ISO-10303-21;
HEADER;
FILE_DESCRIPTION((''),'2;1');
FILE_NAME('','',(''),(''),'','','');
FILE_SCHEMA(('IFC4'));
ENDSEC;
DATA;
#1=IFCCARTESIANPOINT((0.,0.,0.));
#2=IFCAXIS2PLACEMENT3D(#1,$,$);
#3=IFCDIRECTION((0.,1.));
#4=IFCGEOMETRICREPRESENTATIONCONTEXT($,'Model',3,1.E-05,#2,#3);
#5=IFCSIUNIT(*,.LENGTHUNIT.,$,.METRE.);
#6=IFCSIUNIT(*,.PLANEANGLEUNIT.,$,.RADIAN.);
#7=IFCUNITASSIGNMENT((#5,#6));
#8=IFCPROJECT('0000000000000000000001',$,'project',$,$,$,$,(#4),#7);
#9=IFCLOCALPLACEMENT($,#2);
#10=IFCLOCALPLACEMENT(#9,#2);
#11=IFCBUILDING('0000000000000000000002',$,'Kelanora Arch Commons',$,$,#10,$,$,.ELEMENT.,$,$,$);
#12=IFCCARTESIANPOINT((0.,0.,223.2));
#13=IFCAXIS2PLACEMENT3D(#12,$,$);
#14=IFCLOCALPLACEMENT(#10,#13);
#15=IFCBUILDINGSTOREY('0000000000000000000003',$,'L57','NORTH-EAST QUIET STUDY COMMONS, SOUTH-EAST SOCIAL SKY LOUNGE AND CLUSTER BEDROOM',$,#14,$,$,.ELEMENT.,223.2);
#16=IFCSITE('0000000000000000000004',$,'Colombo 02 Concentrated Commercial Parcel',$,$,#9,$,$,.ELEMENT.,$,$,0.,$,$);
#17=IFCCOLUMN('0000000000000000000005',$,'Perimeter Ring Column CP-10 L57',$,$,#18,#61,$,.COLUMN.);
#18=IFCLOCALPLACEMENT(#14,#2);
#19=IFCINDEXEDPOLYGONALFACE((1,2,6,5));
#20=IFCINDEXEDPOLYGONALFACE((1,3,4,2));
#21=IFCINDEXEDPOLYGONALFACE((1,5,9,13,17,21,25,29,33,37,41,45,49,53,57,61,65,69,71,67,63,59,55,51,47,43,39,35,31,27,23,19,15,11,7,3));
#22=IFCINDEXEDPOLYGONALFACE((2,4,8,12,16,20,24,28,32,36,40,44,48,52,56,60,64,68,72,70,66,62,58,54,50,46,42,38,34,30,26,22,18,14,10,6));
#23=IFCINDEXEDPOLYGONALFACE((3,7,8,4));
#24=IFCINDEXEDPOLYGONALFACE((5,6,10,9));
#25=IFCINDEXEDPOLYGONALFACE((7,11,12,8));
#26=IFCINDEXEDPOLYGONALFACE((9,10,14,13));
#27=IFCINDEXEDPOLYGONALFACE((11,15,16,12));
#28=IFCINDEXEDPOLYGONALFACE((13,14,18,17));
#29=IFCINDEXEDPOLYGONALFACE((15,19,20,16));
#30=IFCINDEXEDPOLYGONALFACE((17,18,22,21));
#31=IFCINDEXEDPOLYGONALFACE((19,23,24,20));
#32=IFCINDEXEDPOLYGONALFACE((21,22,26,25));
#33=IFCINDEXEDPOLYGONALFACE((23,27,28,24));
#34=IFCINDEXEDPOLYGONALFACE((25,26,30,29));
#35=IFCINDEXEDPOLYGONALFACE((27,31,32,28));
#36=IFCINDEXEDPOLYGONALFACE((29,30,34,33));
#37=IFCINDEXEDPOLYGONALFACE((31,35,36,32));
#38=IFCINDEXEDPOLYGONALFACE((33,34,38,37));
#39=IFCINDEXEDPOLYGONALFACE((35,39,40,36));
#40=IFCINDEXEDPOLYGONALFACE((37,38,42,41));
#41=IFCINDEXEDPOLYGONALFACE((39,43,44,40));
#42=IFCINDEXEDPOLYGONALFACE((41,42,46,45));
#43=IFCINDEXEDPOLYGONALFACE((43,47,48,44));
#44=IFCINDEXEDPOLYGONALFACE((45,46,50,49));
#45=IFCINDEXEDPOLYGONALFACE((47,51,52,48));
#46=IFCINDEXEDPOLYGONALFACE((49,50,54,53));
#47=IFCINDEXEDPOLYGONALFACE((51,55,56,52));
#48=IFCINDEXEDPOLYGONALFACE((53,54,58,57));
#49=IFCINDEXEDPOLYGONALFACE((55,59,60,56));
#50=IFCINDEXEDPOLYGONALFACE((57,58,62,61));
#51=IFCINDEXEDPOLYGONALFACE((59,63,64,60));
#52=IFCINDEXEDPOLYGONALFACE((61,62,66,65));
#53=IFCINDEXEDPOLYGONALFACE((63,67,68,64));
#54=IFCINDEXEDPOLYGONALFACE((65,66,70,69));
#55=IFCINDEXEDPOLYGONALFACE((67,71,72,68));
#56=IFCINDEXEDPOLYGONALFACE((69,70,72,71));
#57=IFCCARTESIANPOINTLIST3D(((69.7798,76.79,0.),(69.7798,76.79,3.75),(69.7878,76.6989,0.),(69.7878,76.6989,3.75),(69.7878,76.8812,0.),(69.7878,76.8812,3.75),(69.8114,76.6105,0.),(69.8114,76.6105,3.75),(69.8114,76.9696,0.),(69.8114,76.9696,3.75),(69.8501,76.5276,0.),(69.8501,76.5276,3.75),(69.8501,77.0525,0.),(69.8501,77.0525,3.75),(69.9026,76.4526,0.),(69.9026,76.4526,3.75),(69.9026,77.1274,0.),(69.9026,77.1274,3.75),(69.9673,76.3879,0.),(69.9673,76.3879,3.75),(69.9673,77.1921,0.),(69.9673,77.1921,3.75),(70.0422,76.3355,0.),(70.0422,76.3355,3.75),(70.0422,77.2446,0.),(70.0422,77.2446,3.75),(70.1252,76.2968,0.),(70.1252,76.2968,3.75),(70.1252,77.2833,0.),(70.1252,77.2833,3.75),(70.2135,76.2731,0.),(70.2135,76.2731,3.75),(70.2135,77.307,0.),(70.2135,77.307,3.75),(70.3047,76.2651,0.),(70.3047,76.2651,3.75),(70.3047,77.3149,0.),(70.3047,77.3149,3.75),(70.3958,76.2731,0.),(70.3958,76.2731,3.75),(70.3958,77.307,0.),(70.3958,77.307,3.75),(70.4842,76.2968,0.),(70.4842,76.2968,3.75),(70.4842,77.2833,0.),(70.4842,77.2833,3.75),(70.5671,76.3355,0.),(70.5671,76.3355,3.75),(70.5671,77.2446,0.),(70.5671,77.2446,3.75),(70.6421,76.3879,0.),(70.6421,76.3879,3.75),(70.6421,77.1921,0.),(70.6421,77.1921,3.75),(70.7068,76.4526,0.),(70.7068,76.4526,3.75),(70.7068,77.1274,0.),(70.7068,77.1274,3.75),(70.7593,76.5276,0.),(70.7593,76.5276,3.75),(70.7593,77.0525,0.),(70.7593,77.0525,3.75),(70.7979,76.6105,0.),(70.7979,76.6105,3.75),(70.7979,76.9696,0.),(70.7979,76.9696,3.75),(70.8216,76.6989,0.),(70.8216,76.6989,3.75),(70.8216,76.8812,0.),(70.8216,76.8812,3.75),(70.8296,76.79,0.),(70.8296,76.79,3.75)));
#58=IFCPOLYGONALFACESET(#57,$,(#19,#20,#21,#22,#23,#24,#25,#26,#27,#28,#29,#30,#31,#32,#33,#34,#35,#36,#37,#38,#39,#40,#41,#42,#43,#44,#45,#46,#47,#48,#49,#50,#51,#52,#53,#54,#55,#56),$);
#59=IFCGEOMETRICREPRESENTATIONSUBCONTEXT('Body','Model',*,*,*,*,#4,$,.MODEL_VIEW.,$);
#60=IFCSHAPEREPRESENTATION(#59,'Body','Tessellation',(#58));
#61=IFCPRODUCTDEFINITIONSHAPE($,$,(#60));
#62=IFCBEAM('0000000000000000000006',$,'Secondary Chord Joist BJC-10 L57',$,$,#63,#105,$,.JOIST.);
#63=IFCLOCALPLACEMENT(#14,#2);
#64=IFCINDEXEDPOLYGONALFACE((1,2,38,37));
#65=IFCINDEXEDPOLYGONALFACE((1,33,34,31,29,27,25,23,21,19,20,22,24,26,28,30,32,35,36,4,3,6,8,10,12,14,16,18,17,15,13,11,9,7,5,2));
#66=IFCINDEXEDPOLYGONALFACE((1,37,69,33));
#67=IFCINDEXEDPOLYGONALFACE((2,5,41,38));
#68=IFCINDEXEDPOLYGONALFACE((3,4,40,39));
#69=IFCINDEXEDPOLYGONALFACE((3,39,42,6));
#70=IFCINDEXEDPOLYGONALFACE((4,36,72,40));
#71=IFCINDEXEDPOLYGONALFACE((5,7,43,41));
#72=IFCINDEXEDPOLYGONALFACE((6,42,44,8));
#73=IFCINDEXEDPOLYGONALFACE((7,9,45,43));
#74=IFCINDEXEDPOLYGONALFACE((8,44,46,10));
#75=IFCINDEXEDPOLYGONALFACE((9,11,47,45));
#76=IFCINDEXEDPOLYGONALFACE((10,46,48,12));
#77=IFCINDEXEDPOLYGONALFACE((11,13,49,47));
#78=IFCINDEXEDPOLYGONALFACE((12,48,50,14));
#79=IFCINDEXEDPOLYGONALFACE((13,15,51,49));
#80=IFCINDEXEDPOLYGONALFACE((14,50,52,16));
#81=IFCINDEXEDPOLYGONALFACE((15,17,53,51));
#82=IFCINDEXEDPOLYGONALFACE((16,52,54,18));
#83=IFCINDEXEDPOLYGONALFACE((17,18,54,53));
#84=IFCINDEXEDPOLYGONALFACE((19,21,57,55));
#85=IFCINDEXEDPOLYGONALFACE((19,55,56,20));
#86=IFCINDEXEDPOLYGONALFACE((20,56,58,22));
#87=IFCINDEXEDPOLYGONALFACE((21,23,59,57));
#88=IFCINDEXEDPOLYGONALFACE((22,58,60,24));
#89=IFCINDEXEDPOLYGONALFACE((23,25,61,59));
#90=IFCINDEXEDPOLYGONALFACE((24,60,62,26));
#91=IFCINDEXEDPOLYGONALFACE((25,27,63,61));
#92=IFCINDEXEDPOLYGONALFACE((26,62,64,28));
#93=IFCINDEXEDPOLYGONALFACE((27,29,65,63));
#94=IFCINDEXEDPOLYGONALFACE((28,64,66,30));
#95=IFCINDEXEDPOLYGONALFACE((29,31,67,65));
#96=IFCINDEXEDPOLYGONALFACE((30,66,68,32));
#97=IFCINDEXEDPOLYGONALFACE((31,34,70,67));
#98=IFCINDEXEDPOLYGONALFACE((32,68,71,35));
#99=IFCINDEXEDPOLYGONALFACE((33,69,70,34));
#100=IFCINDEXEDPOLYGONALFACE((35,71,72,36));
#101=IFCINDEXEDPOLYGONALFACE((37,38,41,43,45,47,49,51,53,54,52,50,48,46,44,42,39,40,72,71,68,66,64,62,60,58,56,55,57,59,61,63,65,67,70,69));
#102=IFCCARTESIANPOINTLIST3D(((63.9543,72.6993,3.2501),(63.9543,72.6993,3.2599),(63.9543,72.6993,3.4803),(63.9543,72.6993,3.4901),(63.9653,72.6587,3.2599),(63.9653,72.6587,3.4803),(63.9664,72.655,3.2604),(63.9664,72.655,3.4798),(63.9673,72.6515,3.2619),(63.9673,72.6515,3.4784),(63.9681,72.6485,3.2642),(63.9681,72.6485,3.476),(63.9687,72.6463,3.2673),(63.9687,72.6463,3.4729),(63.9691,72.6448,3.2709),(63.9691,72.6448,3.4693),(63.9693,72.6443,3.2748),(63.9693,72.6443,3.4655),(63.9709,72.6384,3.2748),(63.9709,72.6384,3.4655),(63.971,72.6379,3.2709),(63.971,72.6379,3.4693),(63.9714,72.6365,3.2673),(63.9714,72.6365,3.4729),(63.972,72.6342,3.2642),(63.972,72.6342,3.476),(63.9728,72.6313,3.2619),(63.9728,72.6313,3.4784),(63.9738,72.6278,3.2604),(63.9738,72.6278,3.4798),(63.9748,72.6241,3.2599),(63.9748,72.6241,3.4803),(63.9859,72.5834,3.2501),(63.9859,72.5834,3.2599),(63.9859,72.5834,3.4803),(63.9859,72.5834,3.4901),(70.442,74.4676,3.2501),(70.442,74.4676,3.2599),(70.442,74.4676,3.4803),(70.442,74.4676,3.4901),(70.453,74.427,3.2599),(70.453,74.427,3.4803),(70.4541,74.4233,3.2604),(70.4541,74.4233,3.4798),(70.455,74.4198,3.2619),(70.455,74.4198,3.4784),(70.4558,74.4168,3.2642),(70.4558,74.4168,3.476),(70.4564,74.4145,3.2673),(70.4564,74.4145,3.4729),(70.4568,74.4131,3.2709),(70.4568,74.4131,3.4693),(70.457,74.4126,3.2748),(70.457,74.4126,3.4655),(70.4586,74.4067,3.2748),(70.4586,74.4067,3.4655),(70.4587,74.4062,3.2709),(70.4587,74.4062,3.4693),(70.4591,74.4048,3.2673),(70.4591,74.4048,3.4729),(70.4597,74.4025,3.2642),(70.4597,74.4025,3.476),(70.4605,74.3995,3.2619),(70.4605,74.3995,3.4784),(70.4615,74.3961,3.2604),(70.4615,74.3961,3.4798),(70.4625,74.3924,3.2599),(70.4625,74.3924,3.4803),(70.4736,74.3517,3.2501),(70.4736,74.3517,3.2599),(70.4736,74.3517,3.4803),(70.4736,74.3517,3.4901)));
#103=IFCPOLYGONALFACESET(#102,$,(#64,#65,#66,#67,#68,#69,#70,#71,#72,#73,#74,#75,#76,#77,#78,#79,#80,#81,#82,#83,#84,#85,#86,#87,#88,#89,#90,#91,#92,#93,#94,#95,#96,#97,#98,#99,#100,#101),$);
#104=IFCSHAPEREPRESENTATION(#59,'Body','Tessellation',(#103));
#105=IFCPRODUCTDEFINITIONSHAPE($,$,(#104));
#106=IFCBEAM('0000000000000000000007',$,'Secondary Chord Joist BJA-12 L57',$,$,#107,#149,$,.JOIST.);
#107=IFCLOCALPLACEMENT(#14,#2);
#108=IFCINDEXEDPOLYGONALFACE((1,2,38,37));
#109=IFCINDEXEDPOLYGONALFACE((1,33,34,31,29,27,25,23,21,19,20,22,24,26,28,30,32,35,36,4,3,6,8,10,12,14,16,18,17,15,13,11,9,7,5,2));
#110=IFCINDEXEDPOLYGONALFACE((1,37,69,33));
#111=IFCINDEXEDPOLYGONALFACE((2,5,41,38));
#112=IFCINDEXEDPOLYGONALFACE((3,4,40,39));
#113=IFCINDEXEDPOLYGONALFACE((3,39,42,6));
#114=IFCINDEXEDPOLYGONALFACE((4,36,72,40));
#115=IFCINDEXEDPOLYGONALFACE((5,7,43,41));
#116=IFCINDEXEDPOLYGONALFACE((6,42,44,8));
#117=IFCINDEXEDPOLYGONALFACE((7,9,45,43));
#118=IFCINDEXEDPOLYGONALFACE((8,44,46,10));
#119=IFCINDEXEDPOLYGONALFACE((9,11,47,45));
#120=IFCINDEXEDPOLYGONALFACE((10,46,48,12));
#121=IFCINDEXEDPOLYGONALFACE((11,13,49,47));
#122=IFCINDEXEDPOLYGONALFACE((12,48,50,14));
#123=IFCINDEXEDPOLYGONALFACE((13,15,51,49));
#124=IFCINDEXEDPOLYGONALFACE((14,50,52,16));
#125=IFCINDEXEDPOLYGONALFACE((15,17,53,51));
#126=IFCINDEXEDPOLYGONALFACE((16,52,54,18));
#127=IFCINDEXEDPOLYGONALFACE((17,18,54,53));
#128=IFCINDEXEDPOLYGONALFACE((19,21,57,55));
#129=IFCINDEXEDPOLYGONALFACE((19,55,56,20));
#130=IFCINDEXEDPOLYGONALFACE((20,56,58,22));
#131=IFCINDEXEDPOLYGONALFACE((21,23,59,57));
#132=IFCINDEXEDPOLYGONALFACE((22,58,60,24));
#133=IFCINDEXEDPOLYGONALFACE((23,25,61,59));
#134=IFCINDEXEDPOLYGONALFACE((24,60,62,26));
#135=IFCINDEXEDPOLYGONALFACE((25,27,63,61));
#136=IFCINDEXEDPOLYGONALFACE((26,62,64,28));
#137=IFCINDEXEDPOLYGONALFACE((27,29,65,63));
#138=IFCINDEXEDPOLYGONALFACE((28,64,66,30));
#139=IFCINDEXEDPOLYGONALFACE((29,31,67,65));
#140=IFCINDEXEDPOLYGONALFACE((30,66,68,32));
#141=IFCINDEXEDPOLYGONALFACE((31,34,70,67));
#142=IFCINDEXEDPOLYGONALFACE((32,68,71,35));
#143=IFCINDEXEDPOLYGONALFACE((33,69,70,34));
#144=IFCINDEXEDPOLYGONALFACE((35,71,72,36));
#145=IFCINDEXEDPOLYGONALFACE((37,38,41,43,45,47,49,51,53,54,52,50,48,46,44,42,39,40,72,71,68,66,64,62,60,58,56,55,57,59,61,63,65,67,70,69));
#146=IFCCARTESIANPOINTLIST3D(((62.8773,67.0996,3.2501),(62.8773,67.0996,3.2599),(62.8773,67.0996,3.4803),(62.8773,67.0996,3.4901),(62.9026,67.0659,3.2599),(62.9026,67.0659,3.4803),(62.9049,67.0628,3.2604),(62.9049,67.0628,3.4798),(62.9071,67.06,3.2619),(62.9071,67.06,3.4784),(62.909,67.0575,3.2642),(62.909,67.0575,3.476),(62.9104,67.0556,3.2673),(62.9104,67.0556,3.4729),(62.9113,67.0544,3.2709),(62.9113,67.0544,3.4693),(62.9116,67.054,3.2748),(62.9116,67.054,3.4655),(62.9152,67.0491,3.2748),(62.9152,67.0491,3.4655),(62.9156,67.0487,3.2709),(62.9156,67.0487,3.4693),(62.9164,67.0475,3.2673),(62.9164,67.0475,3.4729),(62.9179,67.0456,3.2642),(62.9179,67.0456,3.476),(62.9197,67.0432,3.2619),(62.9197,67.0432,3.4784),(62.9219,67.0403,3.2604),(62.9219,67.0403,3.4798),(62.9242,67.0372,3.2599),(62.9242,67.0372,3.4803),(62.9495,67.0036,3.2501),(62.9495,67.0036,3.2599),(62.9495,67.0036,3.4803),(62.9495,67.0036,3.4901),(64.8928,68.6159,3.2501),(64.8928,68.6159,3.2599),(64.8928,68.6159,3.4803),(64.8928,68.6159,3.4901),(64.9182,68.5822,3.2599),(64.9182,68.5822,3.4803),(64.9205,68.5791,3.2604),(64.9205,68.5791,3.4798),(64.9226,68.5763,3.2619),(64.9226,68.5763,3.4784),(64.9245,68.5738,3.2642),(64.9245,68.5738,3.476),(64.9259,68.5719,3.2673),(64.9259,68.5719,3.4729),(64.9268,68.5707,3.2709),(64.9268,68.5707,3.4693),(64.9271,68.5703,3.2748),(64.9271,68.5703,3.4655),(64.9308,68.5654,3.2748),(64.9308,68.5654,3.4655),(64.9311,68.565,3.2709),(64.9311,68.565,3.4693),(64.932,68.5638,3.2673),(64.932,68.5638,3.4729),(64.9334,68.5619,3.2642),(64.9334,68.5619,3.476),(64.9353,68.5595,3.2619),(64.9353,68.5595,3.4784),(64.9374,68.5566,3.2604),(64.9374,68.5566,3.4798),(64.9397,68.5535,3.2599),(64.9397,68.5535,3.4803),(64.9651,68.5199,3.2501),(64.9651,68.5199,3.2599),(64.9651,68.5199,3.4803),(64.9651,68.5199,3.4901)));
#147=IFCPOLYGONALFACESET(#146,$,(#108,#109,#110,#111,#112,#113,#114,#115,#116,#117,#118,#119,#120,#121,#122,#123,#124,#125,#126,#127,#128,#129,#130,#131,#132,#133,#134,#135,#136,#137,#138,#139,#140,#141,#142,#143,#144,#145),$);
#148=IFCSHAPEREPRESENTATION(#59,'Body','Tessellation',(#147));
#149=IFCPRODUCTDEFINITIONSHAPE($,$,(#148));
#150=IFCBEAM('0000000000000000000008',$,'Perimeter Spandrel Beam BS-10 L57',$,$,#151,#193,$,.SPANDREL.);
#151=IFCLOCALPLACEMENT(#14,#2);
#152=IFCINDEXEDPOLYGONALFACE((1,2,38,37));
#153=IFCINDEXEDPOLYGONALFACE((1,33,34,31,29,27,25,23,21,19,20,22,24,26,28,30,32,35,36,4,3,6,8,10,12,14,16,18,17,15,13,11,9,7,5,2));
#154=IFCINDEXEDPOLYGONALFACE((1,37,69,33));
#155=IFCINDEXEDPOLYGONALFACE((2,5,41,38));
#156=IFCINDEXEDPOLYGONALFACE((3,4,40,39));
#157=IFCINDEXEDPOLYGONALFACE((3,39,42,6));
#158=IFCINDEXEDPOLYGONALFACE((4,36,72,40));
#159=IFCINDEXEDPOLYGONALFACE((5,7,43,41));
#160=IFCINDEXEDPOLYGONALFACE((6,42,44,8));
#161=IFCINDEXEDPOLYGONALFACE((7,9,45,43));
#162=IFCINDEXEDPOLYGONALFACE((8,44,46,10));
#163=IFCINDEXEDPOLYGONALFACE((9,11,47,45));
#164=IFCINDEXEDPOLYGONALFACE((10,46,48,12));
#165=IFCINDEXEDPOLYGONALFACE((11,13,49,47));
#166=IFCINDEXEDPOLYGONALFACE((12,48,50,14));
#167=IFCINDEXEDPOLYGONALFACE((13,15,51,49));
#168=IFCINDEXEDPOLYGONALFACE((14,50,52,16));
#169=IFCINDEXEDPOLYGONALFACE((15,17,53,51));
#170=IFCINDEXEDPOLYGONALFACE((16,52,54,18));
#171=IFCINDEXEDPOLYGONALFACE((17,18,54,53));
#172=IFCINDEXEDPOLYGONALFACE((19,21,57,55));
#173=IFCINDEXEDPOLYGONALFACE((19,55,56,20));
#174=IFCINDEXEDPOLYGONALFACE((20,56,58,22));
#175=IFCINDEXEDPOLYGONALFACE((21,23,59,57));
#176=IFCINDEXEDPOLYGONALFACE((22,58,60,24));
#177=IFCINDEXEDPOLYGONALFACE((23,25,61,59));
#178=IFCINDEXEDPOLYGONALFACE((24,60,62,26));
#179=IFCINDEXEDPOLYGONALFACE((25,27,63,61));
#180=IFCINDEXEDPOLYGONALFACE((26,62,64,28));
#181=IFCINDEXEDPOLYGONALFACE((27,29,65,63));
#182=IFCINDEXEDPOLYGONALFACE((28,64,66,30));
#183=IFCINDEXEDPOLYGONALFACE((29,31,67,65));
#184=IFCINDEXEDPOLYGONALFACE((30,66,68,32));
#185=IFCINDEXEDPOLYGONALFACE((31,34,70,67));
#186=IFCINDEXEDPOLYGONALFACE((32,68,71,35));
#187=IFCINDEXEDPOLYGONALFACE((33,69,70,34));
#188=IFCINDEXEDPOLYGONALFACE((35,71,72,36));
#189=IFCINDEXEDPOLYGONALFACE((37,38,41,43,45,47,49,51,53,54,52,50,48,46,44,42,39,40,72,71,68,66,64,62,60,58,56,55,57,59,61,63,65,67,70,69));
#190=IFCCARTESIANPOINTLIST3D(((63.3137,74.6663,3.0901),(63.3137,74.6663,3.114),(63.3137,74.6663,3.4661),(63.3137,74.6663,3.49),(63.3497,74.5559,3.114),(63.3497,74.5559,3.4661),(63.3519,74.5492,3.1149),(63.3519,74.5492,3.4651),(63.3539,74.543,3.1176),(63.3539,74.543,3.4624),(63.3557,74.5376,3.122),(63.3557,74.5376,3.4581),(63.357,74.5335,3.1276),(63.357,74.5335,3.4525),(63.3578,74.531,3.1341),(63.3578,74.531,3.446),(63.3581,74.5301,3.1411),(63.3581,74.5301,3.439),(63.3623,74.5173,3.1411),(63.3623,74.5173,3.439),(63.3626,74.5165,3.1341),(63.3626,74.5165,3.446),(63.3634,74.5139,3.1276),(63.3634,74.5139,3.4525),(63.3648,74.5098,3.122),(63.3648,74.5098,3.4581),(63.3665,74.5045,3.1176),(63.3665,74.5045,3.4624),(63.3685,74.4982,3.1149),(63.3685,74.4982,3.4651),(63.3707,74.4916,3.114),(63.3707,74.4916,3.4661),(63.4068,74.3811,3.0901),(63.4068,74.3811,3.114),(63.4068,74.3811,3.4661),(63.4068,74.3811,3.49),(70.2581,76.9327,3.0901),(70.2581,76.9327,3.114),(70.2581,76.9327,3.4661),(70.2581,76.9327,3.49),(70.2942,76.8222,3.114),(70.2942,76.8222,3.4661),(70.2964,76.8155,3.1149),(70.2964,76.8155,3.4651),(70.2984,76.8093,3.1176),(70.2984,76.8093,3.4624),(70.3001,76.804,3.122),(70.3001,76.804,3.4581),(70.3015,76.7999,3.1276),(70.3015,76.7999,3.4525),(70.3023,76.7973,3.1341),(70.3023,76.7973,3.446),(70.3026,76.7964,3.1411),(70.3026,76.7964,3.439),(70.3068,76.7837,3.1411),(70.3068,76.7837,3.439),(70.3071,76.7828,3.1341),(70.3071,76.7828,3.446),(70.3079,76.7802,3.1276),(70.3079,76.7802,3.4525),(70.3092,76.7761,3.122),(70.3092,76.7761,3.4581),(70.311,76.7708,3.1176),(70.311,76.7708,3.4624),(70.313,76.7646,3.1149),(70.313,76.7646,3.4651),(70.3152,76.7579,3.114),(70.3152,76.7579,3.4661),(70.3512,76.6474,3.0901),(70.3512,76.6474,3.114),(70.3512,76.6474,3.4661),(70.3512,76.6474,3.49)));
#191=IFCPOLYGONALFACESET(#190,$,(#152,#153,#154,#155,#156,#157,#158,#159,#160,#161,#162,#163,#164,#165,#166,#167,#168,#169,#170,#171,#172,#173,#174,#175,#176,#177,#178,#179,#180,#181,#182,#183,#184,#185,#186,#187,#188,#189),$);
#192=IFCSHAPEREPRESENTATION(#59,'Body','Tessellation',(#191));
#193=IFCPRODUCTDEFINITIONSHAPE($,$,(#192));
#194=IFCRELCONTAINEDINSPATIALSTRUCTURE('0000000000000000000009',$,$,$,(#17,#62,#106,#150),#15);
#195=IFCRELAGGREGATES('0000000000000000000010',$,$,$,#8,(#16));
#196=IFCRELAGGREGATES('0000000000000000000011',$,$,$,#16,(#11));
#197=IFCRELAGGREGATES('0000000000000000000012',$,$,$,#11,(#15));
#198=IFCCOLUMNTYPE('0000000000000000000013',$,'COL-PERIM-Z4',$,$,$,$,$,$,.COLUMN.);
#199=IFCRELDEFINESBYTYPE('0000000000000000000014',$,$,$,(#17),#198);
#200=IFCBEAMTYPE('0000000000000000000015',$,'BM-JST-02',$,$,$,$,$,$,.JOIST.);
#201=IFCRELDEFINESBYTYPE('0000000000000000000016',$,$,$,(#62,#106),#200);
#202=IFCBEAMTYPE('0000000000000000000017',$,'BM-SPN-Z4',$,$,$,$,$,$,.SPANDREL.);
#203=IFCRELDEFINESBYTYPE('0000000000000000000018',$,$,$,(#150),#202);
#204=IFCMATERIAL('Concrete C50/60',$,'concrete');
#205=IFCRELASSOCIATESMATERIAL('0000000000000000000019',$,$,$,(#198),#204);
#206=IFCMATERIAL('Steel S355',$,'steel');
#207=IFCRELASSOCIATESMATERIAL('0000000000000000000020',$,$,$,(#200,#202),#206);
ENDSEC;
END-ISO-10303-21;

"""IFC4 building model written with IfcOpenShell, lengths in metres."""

from ifc_helpers import new_model, si_unit, direction, frame, origin, origin_2d, place, context, subcontext, project, spatial, circle, i_section, extrude, material, material_profile, profile_set, type_object, element, save


model = new_model("IFC4")

# Units and contexts
model_context = context("Model", 3, precision=1e-05, world=origin(), true_north=direction((0.0, 1.0)))
body_context = subcontext(model_context, "Body", "Model", "MODEL_VIEW")
ifc_project = project(units=[si_unit("LENGTHUNIT", "METRE"), si_unit("PLANEANGLEUNIT", "RADIAN")], contexts=[model_context])

# Site, building, storey
site_placement = place(None, origin())
site = spatial("IfcSite", under=ifc_project, at=site_placement, Name="Colombo 02 Concentrated Commercial Parcel", CompositionType="ELEMENT", RefElevation=0.0)
building_placement = place(site_placement, origin())
building = spatial("IfcBuilding", under=site, at=building_placement, Name="Kelanora Arch Commons", CompositionType="ELEMENT")
storey_placement = place(building_placement, frame((0.0, 0.0, 223.2)))
storey = spatial("IfcBuildingStorey", under=building, at=storey_placement, Name="L57", Description="NORTH-EAST QUIET STUDY COMMONS, SOUTH-EAST SOCIAL SKY LOUNGE AND CLUSTER BEDROOM", CompositionType="ELEMENT", Elevation=223.2)

# Column
ifc_material_1 = material(Name="Concrete C50/60", Category="concrete")
ifc_material_profile_1 = material_profile(ifc_material_1, circle(Radius=0.5249, at=origin_2d()), Name="RCC1050")
ifc_profile_set_1 = profile_set([ifc_material_profile_1], Name="Concrete C50/60")
column_type = type_object("IfcColumnType", Name="COL-PERIM-Z4", PredefinedType="COLUMN", material=ifc_profile_set_1)
column_placement = place(storey_placement, frame((70.3047, 76.79, 0.0), z_axis=(0.0, 0.0, 1.0), x_axis=(1.0, 0.0, 0.0)))
element("IfcColumn", 1, at=column_placement, inside=storey, type_object=column_type, Name="Perimeter Ring Column CP-10 L57", PredefinedType="COLUMN", context=body_context, shape_type="SweptSolid", body=[
    extrude(circle(Radius=0.5249, at=origin_2d()), origin(), (0.0, 0.0, 1.0), 3.75),
])

# Beams
ifc_material_2 = material(Name="Steel S355", Category="steel")
ifc_material_profile_2 = material_profile(ifc_material_2, i_section(OverallWidth=0.1201, OverallDepth=0.24, WebThickness=0.0061, FlangeThickness=0.0098, FilletRadius=0.0149, at=origin_2d()), Name="IPE240")
ifc_profile_set_2 = profile_set([ifc_material_profile_2], Name="Steel S355")
beam_type_1 = type_object("IfcBeamType", Name="BM-JST-02", PredefinedType="JOIST", material=ifc_profile_set_2)
beam_1_placement = place(storey_placement, frame((70.4578, 74.4097, 3.3701), z_axis=(-0.964805, -0.262967, 0.0), x_axis=(0.262967, -0.964805, 0.0)))
element("IfcBeam", 2, at=beam_1_placement, inside=storey, type_object=beam_type_1, Name="Secondary Chord Joist BJC-10 L57", PredefinedType="JOIST", context=body_context, shape_type="SweptSolid", body=[
    extrude(i_section(OverallWidth=0.1201, OverallDepth=0.24, WebThickness=0.0061, FlangeThickness=0.0098, FilletRadius=0.0149, at=origin_2d()), origin(), (0.0, 0.0, 1.0), 6.7244),
])
beam_2_placement = place(storey_placement, frame((64.929, 68.5679, 3.3701), z_axis=(-0.799116, -0.601176, 0.0), x_axis=(0.601176, -0.799116, 0.0)))
element("IfcBeam", 3, at=beam_2_placement, inside=storey, type_object=beam_type_1, Name="Secondary Chord Joist BJA-12 L57", PredefinedType="JOIST", context=body_context, shape_type="SweptSolid", body=[
    extrude(i_section(OverallWidth=0.1201, OverallDepth=0.24, WebThickness=0.0061, FlangeThickness=0.0098, FilletRadius=0.0149, at=origin_2d()), origin(), (0.0, 0.0, 1.0), 2.5222),
])
ifc_material_profile_3 = material_profile(ifc_material_2, i_section(OverallWidth=0.3, OverallDepth=0.3999, WebThickness=0.0134, FlangeThickness=0.0239, FilletRadius=0.0271, at=origin_2d()), Name="HEB400")
ifc_profile_set_3 = profile_set([ifc_material_profile_3], Name="Steel S355")
beam_type_2 = type_object("IfcBeamType", Name="BM-SPN-Z4", PredefinedType="SPANDREL", material=ifc_profile_set_3)
beam_3_placement = place(storey_placement, frame((70.3047, 76.79, 3.29), z_axis=(-0.950656, -0.310246, 0.0), x_axis=(0.310246, -0.950656, 0.0)))
element("IfcBeam", 4, at=beam_3_placement, inside=storey, type_object=beam_type_2, Name="Perimeter Spandrel Beam BS-10 L57", PredefinedType="SPANDREL", context=body_context, shape_type="SweptSolid", body=[
    extrude(i_section(OverallWidth=0.3, OverallDepth=0.3999, WebThickness=0.0134, FlangeThickness=0.0239, FilletRadius=0.0271, at=origin_2d()), origin(), (0.0, 0.0, 1.0), 7.3049),
])

save(model, "model.ifc")
